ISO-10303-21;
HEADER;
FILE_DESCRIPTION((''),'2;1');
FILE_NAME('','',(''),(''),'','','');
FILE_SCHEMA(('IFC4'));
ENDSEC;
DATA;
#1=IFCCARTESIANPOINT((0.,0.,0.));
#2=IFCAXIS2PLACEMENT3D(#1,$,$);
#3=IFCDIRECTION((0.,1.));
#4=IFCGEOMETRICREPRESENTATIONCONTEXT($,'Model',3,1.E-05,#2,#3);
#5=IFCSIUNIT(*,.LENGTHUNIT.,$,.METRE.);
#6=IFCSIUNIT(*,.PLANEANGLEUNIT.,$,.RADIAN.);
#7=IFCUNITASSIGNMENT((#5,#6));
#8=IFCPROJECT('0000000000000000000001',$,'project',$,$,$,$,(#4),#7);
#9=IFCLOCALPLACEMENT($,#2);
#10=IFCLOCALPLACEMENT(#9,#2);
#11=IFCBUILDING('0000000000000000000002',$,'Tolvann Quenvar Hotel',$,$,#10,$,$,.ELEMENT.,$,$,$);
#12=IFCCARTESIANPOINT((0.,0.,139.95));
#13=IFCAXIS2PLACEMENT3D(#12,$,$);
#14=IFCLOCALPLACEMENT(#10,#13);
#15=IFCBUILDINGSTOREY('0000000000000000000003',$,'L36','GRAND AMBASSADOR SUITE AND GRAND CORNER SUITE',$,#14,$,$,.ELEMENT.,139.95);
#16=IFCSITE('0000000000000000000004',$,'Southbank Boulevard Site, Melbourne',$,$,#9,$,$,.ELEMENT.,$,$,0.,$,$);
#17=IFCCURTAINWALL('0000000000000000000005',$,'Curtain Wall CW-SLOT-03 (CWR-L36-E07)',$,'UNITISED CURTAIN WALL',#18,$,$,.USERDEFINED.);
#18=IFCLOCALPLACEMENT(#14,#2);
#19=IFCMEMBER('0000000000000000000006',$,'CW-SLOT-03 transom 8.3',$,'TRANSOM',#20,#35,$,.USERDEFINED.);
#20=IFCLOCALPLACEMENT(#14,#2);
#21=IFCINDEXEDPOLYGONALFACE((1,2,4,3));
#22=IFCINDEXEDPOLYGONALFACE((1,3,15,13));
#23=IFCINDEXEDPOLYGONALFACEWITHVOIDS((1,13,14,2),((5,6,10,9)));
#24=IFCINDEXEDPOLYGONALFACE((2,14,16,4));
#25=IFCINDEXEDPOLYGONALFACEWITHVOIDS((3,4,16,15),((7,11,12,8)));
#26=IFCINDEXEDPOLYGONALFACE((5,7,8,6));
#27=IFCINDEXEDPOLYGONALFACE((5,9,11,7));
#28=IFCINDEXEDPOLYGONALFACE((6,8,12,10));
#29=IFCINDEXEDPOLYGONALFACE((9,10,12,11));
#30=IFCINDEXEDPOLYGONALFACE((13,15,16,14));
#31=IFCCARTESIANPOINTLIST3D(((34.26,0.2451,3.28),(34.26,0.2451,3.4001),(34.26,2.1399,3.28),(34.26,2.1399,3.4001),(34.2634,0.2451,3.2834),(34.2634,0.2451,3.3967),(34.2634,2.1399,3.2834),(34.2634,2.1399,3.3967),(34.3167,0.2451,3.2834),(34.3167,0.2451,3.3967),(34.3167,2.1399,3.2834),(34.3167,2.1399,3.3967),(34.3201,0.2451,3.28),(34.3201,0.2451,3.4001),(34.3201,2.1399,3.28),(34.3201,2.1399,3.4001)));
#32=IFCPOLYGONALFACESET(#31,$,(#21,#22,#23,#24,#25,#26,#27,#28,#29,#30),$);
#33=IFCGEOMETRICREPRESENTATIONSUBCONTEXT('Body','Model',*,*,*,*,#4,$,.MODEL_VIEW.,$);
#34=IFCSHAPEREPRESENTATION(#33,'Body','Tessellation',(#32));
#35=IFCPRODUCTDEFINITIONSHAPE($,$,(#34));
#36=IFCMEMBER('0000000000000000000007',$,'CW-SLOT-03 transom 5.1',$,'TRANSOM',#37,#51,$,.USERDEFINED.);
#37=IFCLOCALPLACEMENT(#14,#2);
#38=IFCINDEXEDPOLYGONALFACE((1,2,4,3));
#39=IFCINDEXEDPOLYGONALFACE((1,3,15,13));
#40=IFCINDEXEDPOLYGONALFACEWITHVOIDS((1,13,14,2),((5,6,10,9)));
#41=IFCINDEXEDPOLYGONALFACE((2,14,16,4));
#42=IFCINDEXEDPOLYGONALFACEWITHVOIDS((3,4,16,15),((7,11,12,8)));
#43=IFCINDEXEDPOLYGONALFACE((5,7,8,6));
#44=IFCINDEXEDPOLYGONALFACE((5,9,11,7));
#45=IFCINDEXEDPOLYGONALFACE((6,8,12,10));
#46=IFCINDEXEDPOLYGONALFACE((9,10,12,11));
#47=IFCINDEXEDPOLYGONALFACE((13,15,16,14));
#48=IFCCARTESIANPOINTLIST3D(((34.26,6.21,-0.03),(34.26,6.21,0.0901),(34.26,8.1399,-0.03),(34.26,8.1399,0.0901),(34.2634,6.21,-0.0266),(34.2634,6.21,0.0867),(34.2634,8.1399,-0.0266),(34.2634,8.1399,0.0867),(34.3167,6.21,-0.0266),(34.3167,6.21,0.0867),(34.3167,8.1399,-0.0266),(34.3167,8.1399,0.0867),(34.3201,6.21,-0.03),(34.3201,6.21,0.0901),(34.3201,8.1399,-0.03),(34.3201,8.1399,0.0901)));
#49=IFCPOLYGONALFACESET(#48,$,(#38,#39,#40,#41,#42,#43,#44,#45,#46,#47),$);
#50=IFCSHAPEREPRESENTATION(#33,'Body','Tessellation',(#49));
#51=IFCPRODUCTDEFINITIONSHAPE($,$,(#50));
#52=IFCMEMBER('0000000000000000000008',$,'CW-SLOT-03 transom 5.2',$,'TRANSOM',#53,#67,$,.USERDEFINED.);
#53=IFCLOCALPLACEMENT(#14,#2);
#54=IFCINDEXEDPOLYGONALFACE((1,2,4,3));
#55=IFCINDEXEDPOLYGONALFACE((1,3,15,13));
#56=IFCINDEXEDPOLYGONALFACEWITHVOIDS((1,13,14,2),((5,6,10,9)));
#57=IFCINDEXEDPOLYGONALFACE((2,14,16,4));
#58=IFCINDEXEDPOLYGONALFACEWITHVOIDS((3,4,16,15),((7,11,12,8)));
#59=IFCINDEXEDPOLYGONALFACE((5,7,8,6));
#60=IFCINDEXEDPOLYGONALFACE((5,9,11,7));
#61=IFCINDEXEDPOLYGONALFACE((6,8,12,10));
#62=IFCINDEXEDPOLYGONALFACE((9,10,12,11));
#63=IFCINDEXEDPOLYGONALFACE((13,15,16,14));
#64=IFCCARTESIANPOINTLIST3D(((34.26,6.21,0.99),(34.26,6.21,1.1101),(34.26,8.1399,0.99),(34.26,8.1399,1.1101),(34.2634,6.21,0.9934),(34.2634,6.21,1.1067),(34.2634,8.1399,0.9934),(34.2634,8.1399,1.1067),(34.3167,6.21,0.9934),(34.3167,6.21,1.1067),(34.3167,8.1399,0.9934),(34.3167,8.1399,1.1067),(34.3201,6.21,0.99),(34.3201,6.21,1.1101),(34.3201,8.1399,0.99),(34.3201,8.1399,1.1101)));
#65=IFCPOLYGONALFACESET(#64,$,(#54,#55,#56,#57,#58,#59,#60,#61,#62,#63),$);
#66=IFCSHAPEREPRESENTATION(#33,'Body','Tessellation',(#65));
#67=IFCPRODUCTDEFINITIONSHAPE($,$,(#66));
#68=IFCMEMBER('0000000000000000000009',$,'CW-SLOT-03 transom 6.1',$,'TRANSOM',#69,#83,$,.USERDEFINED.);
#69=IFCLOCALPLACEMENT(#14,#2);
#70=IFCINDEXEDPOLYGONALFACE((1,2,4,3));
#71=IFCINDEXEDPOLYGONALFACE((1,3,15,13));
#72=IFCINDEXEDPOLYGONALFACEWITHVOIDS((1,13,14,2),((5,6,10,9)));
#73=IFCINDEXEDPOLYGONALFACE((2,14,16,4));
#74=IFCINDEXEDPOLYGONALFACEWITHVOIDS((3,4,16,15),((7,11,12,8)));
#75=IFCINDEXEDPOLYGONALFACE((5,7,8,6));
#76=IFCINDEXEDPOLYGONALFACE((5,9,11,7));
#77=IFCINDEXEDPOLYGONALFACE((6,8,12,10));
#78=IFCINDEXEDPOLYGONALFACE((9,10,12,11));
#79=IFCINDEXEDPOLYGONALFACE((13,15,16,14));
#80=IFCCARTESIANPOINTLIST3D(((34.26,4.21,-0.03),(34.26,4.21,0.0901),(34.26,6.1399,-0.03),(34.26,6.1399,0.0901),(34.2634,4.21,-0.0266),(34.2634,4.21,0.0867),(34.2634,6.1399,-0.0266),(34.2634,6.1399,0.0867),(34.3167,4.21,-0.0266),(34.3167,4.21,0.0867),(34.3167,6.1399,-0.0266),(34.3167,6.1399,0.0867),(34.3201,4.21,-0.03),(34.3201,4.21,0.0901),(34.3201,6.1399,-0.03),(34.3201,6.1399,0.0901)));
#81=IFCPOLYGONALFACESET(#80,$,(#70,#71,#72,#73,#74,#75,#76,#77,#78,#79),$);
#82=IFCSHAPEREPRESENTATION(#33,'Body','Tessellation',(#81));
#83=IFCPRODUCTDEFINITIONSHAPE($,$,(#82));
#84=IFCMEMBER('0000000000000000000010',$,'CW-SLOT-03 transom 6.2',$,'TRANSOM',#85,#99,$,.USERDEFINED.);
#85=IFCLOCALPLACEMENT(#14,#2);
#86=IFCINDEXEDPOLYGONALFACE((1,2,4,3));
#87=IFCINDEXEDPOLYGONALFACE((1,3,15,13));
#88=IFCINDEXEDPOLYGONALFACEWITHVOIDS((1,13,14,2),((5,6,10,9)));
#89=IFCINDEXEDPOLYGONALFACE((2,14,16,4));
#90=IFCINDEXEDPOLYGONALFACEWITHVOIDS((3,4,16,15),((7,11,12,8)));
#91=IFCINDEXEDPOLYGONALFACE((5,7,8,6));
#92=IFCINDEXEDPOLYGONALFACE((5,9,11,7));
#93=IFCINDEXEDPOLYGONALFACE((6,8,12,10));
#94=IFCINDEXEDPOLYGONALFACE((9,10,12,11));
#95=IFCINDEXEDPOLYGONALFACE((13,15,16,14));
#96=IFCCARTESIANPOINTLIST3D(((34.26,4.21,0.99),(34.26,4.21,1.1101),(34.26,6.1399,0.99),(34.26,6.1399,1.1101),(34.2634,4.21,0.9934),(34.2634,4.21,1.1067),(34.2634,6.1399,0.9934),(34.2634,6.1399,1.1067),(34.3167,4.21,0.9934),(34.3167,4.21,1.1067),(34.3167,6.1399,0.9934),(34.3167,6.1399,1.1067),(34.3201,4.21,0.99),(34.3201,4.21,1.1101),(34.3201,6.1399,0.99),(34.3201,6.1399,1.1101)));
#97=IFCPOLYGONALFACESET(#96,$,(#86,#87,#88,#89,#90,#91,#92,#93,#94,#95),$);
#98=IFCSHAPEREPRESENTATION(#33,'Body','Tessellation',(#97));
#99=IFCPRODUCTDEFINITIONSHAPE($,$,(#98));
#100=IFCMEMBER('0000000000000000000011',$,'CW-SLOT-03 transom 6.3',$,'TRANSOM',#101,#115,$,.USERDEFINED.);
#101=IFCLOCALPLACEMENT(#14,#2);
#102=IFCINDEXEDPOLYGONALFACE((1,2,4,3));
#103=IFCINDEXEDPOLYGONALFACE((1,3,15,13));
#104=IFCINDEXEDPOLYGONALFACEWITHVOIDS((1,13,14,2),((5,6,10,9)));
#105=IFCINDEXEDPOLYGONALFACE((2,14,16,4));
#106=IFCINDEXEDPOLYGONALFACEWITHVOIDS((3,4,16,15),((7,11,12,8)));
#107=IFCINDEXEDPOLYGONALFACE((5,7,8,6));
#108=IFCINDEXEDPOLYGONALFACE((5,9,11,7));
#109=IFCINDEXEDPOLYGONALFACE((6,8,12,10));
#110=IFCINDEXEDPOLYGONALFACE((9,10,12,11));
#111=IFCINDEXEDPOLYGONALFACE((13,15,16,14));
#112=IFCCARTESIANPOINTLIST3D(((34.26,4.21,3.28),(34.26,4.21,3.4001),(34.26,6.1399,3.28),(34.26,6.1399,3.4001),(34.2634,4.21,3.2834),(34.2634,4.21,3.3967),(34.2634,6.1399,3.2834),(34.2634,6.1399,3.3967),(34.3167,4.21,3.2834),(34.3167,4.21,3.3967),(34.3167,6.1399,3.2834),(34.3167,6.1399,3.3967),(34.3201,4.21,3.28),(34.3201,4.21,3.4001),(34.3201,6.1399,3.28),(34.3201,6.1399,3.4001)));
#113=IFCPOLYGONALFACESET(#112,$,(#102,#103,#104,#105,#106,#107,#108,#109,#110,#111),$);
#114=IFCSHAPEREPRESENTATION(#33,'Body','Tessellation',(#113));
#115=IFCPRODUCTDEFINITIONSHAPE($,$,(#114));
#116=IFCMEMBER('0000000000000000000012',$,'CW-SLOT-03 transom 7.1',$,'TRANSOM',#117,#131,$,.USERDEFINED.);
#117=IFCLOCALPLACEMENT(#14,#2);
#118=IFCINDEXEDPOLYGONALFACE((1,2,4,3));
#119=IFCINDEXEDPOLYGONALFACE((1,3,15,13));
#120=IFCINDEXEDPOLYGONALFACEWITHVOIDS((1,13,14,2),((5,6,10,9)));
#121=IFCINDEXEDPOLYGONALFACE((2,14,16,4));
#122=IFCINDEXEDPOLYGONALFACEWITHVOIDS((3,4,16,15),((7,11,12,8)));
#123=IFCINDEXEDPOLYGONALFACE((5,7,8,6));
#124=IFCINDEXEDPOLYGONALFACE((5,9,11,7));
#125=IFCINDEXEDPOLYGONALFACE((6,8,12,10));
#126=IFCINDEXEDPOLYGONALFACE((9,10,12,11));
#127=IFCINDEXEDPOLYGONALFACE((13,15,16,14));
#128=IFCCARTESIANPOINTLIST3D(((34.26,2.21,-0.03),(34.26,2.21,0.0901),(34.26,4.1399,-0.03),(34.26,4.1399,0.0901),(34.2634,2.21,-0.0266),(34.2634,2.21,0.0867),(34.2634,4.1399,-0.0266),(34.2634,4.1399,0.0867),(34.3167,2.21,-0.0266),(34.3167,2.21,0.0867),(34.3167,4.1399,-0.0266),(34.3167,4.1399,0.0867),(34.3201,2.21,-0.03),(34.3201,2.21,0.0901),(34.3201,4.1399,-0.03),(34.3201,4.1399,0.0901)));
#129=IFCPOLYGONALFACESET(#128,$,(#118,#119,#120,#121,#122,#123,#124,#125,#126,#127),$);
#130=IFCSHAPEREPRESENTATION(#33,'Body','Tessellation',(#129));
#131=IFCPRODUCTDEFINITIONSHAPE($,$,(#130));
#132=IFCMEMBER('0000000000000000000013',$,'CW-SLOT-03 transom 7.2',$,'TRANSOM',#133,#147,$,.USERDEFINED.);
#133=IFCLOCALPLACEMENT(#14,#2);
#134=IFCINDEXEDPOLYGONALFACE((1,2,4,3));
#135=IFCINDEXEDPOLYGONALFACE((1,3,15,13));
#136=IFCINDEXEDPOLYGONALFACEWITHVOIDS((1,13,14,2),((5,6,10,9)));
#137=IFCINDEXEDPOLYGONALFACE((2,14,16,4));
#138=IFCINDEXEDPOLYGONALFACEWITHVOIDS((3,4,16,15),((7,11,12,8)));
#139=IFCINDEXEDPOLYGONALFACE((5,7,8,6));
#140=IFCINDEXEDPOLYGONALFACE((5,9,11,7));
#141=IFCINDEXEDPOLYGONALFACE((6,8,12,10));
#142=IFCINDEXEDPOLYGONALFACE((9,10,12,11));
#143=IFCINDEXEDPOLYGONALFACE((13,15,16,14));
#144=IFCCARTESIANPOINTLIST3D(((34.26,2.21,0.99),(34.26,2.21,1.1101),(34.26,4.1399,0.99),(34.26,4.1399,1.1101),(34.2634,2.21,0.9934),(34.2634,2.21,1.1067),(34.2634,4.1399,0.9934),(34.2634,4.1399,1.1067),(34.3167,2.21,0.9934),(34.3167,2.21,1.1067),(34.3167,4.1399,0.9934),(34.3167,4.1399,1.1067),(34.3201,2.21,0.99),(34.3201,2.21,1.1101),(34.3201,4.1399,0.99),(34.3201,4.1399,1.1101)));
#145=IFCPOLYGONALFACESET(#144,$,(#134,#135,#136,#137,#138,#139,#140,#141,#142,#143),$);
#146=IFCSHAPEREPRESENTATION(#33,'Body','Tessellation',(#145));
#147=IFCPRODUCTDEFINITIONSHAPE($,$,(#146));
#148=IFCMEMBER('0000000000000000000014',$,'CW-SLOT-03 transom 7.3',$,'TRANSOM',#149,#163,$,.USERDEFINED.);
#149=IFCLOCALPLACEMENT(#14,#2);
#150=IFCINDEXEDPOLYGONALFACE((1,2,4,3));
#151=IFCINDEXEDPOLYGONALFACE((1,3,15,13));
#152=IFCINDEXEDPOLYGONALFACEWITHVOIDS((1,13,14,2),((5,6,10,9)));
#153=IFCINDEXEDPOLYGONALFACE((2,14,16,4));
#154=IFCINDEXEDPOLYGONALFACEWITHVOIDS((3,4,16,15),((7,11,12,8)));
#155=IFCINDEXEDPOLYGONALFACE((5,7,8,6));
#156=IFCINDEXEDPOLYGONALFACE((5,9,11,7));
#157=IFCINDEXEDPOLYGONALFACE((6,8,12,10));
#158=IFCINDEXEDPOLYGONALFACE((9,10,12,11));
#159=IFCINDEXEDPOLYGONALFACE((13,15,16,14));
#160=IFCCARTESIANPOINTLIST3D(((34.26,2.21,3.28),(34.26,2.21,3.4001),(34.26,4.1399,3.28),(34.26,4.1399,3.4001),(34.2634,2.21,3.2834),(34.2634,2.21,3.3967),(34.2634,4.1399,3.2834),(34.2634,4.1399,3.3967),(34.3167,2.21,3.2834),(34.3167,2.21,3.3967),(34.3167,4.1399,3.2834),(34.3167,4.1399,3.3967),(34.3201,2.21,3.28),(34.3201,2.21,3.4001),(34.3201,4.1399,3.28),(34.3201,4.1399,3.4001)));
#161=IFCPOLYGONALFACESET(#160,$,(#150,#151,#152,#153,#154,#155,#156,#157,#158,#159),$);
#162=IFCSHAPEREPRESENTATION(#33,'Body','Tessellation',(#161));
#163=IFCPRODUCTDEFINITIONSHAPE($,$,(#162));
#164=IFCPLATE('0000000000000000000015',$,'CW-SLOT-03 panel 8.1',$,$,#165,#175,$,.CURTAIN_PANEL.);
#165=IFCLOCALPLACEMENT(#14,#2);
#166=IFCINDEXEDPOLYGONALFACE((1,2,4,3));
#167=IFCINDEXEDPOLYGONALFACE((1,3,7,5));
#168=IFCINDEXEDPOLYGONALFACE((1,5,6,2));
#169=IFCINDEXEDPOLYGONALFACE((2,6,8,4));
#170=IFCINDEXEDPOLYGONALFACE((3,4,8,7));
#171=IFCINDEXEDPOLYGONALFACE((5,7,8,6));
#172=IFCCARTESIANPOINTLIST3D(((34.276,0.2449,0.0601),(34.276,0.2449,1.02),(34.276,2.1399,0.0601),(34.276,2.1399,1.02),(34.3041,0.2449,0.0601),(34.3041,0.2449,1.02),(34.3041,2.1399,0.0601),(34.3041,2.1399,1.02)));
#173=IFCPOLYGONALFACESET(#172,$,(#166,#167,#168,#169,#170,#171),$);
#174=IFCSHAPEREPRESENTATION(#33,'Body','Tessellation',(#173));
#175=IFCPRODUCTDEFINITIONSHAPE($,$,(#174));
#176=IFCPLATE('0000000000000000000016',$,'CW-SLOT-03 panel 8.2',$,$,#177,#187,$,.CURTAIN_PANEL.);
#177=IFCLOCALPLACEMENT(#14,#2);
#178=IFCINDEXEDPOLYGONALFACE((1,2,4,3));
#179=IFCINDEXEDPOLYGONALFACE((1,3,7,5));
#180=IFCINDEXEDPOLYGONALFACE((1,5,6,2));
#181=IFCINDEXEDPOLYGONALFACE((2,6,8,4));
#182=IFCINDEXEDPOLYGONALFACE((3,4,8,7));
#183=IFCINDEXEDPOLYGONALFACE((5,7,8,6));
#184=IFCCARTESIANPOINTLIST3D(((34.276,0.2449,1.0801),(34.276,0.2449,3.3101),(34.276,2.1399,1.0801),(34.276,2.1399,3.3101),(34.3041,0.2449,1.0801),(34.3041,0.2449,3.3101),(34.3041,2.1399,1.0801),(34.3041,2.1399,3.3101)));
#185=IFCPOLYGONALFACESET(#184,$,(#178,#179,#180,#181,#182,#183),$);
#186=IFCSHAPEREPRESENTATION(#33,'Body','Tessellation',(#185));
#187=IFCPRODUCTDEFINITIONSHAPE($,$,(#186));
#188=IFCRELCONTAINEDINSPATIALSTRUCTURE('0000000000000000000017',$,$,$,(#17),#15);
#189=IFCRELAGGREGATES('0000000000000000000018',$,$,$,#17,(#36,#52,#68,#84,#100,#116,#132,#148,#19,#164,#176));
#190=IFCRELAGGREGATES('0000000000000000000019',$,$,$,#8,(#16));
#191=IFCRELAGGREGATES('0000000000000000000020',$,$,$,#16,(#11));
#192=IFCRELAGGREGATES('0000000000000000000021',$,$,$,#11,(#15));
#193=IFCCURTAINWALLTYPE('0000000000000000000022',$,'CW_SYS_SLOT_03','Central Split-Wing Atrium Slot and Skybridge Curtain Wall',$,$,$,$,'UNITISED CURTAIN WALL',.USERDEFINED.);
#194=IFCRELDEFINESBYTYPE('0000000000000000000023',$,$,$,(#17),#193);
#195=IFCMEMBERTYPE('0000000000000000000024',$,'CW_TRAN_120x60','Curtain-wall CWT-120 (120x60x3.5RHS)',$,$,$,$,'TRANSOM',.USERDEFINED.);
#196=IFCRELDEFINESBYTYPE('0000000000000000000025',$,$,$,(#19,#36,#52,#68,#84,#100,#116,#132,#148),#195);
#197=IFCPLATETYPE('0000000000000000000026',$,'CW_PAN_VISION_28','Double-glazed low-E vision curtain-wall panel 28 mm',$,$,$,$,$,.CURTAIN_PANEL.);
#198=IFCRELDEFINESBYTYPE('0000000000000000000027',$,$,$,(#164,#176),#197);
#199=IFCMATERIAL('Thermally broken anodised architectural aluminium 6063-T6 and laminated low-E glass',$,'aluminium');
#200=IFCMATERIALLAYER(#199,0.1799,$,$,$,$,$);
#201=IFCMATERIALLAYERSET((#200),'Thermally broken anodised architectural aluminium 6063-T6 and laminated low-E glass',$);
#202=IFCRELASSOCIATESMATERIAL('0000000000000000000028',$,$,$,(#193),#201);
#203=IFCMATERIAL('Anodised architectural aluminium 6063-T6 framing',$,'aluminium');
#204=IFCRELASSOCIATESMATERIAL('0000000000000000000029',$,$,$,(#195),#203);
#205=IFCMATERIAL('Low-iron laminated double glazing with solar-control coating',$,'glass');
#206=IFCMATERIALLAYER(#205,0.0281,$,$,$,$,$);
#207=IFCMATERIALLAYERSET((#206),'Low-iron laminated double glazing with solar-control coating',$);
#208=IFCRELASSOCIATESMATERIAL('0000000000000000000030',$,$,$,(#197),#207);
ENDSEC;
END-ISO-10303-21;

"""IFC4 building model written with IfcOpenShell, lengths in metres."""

from ifc_helpers import new_model, si_unit, direction, frame, origin, origin_2d, place, context, subcontext, project, spatial, rectangle, hollow_rectangle, extrude, source, transform, mapped, material, layer, layer_set, material_profile, profile_set, type_object, type_shapes, element, aggregate, save


model = new_model("IFC4")

# Units and contexts
model_context = context("Model", 3, precision=1e-05, world=origin(), true_north=direction((0.0, 1.0)))
body_context = subcontext(model_context, "Body", "Model", "MODEL_VIEW")
ifc_project = project(units=[si_unit("LENGTHUNIT", "METRE"), si_unit("PLANEANGLEUNIT", "RADIAN")], contexts=[model_context])

# Site, building, storey
site_placement = place(None, origin())
site = spatial("IfcSite", under=ifc_project, at=site_placement, Name="Southbank Boulevard Site, Melbourne", CompositionType="ELEMENT", RefElevation=0.0)
building_placement = place(site_placement, origin())
building = spatial("IfcBuilding", under=site, at=building_placement, Name="Tolvann Quenvar Hotel", CompositionType="ELEMENT")
storey_placement = place(building_placement, frame((0.0, 0.0, 139.95)))
storey = spatial("IfcBuildingStorey", under=building, at=storey_placement, Name="L36", Description="GRAND AMBASSADOR SUITE AND GRAND CORNER SUITE", CompositionType="ELEMENT", Elevation=139.95)

# Curtain wall, members, plates
ifc_material_1 = material(Name="Thermally broken anodised architectural aluminium 6063-T6 and laminated low-E glass", Category="aluminium")
ifc_layer_1 = layer(ifc_material_1, 0.1799)
ifc_layer_set_1 = layer_set([ifc_layer_1], Name="Thermally broken anodised architectural aluminium 6063-T6 and laminated low-E glass")
curtain_wall_type = type_object("IfcCurtainWallType", Name="CW_SYS_SLOT_03", Description="Central Split-Wing Atrium Slot and Skybridge Curtain Wall", ElementType="UNITISED CURTAIN WALL", PredefinedType="USERDEFINED", material=ifc_layer_set_1)
curtain_wall_placement = place(storey_placement, origin())
curtain_wall = element("IfcCurtainWall", 1, at=curtain_wall_placement, inside=storey, type_object=curtain_wall_type, Name="Curtain Wall CW-SLOT-03 (CWR-L36-E07)", ObjectType="UNITISED CURTAIN WALL", PredefinedType="USERDEFINED")
ifc_material_2 = material(Name="Anodised architectural aluminium 6063-T6 framing", Category="aluminium")
ifc_material_profile_1 = material_profile(ifc_material_2, hollow_rectangle(XDim=0.0601, YDim=0.1201, WallThickness=0.0034, at=origin_2d()), Name="120x60x3.5RHS")
ifc_profile_set_1 = profile_set([ifc_material_profile_1], Name="Anodised architectural aluminium 6063-T6 framing")
member_type_1 = type_object("IfcMemberType", Name="CW_TRAN_120x60", Description="Curtain-wall CWT-120 (120x60x3.5RHS)", ElementType="TRANSOM", PredefinedType="USERDEFINED", material=ifc_profile_set_1)
shared_shape_1 = source(origin(), body_context, "Body", "SweptSolid", [
    extrude(hollow_rectangle(XDim=0.0601, YDim=0.1201, WallThickness=0.0034, at=origin_2d()), origin(), (0.0, 0.0, 1.0), 1.8948),
])
member_1_placement = place(storey_placement, frame((34.29, 2.1399, 3.3401), z_axis=(0.0, -1.0, 0.0), x_axis=(1.0, 0.0, 0.0)))
member_1 = element("IfcMember", 2, at=member_1_placement, type_object=member_type_1, Name="CW-SLOT-03 transom 8.3", ObjectType="TRANSOM", PredefinedType="USERDEFINED", context=body_context, shape_type="MappedRepresentation", body=[
    mapped(shared_shape_1, transform((0.0, 0.0, 0.0), x_axis=(1.0, 0.0, 0.0), y_axis=(0.0, 1.0, 0.0), z_axis=(0.0, 0.0, 1.0), scale=1.0)),
])
shared_shape_2 = source(origin(), body_context, "Body", "SweptSolid", [
    extrude(hollow_rectangle(XDim=0.0601, YDim=0.1201, WallThickness=0.0034, at=origin_2d()), origin(), (0.0, 0.0, 1.0), 1.9299),
])
type_shapes(member_type_1, [shared_shape_1, shared_shape_2])
member_2_placement = place(storey_placement, frame((34.29, 8.1399, 0.03), z_axis=(0.0, -1.0, 0.0), x_axis=(1.0, 0.0, 0.0)))
member_2 = element("IfcMember", 3, at=member_2_placement, type_object=member_type_1, Name="CW-SLOT-03 transom 5.1", ObjectType="TRANSOM", PredefinedType="USERDEFINED", context=body_context, shape_type="MappedRepresentation", body=[
    mapped(shared_shape_2, transform((0.0, 0.0, 0.0), x_axis=(1.0, 0.0, 0.0), y_axis=(0.0, 1.0, 0.0), z_axis=(0.0, 0.0, 1.0), scale=1.0)),
])
member_3_placement = place(storey_placement, frame((34.29, 8.1399, 1.05), z_axis=(0.0, -1.0, 0.0), x_axis=(1.0, 0.0, 0.0)))
member_3 = element("IfcMember", 4, at=member_3_placement, type_object=member_type_1, Name="CW-SLOT-03 transom 5.2", ObjectType="TRANSOM", PredefinedType="USERDEFINED", context=body_context, shape_type="MappedRepresentation", body=[
    mapped(shared_shape_2, transform((0.0, 0.0, 0.0), x_axis=(1.0, 0.0, 0.0), y_axis=(0.0, 1.0, 0.0), z_axis=(0.0, 0.0, 1.0), scale=1.0)),
])
member_4_placement = place(storey_placement, frame((34.29, 6.1399, 0.03), z_axis=(0.0, -1.0, 0.0), x_axis=(1.0, 0.0, 0.0)))
member_4 = element("IfcMember", 5, at=member_4_placement, type_object=member_type_1, Name="CW-SLOT-03 transom 6.1", ObjectType="TRANSOM", PredefinedType="USERDEFINED", context=body_context, shape_type="MappedRepresentation", body=[
    mapped(shared_shape_2, transform((0.0, 0.0, 0.0), x_axis=(1.0, 0.0, 0.0), y_axis=(0.0, 1.0, 0.0), z_axis=(0.0, 0.0, 1.0), scale=1.0)),
])
member_5_placement = place(storey_placement, frame((34.29, 6.1399, 1.05), z_axis=(0.0, -1.0, 0.0), x_axis=(1.0, 0.0, 0.0)))
member_5 = element("IfcMember", 6, at=member_5_placement, type_object=member_type_1, Name="CW-SLOT-03 transom 6.2", ObjectType="TRANSOM", PredefinedType="USERDEFINED", context=body_context, shape_type="MappedRepresentation", body=[
    mapped(shared_shape_2, transform((0.0, 0.0, 0.0), x_axis=(1.0, 0.0, 0.0), y_axis=(0.0, 1.0, 0.0), z_axis=(0.0, 0.0, 1.0), scale=1.0)),
])
member_6_placement = place(storey_placement, frame((34.29, 6.1399, 3.3401), z_axis=(0.0, -1.0, 0.0), x_axis=(1.0, 0.0, 0.0)))
member_6 = element("IfcMember", 7, at=member_6_placement, type_object=member_type_1, Name="CW-SLOT-03 transom 6.3", ObjectType="TRANSOM", PredefinedType="USERDEFINED", context=body_context, shape_type="MappedRepresentation", body=[
    mapped(shared_shape_2, transform((0.0, 0.0, 0.0), x_axis=(1.0, 0.0, 0.0), y_axis=(0.0, 1.0, 0.0), z_axis=(0.0, 0.0, 1.0), scale=1.0)),
])
member_7_placement = place(storey_placement, frame((34.29, 4.1399, 0.03), z_axis=(0.0, -1.0, 0.0), x_axis=(1.0, 0.0, 0.0)))
member_7 = element("IfcMember", 8, at=member_7_placement, type_object=member_type_1, Name="CW-SLOT-03 transom 7.1", ObjectType="TRANSOM", PredefinedType="USERDEFINED", context=body_context, shape_type="MappedRepresentation", body=[
    mapped(shared_shape_2, transform((0.0, 0.0, 0.0), x_axis=(1.0, 0.0, 0.0), y_axis=(0.0, 1.0, 0.0), z_axis=(0.0, 0.0, 1.0), scale=1.0)),
])
member_8_placement = place(storey_placement, frame((34.29, 4.1399, 1.05), z_axis=(0.0, -1.0, 0.0), x_axis=(1.0, 0.0, 0.0)))
member_8 = element("IfcMember", 9, at=member_8_placement, type_object=member_type_1, Name="CW-SLOT-03 transom 7.2", ObjectType="TRANSOM", PredefinedType="USERDEFINED", context=body_context, shape_type="MappedRepresentation", body=[
    mapped(shared_shape_2, transform((0.0, 0.0, 0.0), x_axis=(1.0, 0.0, 0.0), y_axis=(0.0, 1.0, 0.0), z_axis=(0.0, 0.0, 1.0), scale=1.0)),
])
member_9_placement = place(storey_placement, frame((34.29, 4.1399, 3.3401), z_axis=(0.0, -1.0, 0.0), x_axis=(1.0, 0.0, 0.0)))
member_9 = element("IfcMember", 10, at=member_9_placement, type_object=member_type_1, Name="CW-SLOT-03 transom 7.3", ObjectType="TRANSOM", PredefinedType="USERDEFINED", context=body_context, shape_type="MappedRepresentation", body=[
    mapped(shared_shape_2, transform((0.0, 0.0, 0.0), x_axis=(1.0, 0.0, 0.0), y_axis=(0.0, 1.0, 0.0), z_axis=(0.0, 0.0, 1.0), scale=1.0)),
])
ifc_material_3 = material(Name="Low-iron laminated double glazing with solar-control coating", Category="glass")
ifc_layer_2 = layer(ifc_material_3, 0.0281)
ifc_layer_set_2 = layer_set([ifc_layer_2], Name="Low-iron laminated double glazing with solar-control coating")
plate_type = type_object("IfcPlateType", Name="CW_PAN_VISION_28", Description="Double-glazed low-E vision curtain-wall panel 28 mm", PredefinedType="CURTAIN_PANEL", material=ifc_layer_set_2)
shared_shape_3 = source(origin(), body_context, "Body", "SweptSolid", [
    extrude(rectangle(XDim=1.895, YDim=0.0281, at=origin_2d()), origin(), (0.0, 0.0, 1.0), 0.96),
])
plate_1_placement = place(storey_placement, frame((34.29, 1.1924, 0.0601), z_axis=(0.0, 0.0, 1.0), x_axis=(0.0, -1.0, 0.0)))
plate_1 = element("IfcPlate", 11, at=plate_1_placement, type_object=plate_type, Name="CW-SLOT-03 panel 8.1", PredefinedType="CURTAIN_PANEL", context=body_context, shape_type="MappedRepresentation", body=[
    mapped(shared_shape_3, transform((0.0, 0.0, 0.0), x_axis=(1.0, 0.0, 0.0), y_axis=(0.0, 1.0, 0.0), z_axis=(0.0, 0.0, 1.0), scale=1.0)),
])
shared_shape_4 = source(origin(), body_context, "Body", "SweptSolid", [
    extrude(rectangle(XDim=1.895, YDim=0.0281, at=origin_2d()), origin(), (0.0, 0.0, 1.0), 2.23),
])
plate_2_placement = place(storey_placement, frame((34.29, 1.1924, 1.0801), z_axis=(0.0, 0.0, 1.0), x_axis=(0.0, -1.0, 0.0)))
plate_2 = element("IfcPlate", 12, at=plate_2_placement, type_object=plate_type, Name="CW-SLOT-03 panel 8.2", PredefinedType="CURTAIN_PANEL", context=body_context, shape_type="MappedRepresentation", body=[
    mapped(shared_shape_4, transform((0.0, 0.0, 0.0), x_axis=(1.0, 0.0, 0.0), y_axis=(0.0, 1.0, 0.0), z_axis=(0.0, 0.0, 1.0), scale=1.0)),
])
aggregate(curtain_wall, [member_2, member_3, member_4, member_5, member_6, member_7, member_8, member_9, member_1, plate_1, plate_2])

save(model, "model.ifc")
